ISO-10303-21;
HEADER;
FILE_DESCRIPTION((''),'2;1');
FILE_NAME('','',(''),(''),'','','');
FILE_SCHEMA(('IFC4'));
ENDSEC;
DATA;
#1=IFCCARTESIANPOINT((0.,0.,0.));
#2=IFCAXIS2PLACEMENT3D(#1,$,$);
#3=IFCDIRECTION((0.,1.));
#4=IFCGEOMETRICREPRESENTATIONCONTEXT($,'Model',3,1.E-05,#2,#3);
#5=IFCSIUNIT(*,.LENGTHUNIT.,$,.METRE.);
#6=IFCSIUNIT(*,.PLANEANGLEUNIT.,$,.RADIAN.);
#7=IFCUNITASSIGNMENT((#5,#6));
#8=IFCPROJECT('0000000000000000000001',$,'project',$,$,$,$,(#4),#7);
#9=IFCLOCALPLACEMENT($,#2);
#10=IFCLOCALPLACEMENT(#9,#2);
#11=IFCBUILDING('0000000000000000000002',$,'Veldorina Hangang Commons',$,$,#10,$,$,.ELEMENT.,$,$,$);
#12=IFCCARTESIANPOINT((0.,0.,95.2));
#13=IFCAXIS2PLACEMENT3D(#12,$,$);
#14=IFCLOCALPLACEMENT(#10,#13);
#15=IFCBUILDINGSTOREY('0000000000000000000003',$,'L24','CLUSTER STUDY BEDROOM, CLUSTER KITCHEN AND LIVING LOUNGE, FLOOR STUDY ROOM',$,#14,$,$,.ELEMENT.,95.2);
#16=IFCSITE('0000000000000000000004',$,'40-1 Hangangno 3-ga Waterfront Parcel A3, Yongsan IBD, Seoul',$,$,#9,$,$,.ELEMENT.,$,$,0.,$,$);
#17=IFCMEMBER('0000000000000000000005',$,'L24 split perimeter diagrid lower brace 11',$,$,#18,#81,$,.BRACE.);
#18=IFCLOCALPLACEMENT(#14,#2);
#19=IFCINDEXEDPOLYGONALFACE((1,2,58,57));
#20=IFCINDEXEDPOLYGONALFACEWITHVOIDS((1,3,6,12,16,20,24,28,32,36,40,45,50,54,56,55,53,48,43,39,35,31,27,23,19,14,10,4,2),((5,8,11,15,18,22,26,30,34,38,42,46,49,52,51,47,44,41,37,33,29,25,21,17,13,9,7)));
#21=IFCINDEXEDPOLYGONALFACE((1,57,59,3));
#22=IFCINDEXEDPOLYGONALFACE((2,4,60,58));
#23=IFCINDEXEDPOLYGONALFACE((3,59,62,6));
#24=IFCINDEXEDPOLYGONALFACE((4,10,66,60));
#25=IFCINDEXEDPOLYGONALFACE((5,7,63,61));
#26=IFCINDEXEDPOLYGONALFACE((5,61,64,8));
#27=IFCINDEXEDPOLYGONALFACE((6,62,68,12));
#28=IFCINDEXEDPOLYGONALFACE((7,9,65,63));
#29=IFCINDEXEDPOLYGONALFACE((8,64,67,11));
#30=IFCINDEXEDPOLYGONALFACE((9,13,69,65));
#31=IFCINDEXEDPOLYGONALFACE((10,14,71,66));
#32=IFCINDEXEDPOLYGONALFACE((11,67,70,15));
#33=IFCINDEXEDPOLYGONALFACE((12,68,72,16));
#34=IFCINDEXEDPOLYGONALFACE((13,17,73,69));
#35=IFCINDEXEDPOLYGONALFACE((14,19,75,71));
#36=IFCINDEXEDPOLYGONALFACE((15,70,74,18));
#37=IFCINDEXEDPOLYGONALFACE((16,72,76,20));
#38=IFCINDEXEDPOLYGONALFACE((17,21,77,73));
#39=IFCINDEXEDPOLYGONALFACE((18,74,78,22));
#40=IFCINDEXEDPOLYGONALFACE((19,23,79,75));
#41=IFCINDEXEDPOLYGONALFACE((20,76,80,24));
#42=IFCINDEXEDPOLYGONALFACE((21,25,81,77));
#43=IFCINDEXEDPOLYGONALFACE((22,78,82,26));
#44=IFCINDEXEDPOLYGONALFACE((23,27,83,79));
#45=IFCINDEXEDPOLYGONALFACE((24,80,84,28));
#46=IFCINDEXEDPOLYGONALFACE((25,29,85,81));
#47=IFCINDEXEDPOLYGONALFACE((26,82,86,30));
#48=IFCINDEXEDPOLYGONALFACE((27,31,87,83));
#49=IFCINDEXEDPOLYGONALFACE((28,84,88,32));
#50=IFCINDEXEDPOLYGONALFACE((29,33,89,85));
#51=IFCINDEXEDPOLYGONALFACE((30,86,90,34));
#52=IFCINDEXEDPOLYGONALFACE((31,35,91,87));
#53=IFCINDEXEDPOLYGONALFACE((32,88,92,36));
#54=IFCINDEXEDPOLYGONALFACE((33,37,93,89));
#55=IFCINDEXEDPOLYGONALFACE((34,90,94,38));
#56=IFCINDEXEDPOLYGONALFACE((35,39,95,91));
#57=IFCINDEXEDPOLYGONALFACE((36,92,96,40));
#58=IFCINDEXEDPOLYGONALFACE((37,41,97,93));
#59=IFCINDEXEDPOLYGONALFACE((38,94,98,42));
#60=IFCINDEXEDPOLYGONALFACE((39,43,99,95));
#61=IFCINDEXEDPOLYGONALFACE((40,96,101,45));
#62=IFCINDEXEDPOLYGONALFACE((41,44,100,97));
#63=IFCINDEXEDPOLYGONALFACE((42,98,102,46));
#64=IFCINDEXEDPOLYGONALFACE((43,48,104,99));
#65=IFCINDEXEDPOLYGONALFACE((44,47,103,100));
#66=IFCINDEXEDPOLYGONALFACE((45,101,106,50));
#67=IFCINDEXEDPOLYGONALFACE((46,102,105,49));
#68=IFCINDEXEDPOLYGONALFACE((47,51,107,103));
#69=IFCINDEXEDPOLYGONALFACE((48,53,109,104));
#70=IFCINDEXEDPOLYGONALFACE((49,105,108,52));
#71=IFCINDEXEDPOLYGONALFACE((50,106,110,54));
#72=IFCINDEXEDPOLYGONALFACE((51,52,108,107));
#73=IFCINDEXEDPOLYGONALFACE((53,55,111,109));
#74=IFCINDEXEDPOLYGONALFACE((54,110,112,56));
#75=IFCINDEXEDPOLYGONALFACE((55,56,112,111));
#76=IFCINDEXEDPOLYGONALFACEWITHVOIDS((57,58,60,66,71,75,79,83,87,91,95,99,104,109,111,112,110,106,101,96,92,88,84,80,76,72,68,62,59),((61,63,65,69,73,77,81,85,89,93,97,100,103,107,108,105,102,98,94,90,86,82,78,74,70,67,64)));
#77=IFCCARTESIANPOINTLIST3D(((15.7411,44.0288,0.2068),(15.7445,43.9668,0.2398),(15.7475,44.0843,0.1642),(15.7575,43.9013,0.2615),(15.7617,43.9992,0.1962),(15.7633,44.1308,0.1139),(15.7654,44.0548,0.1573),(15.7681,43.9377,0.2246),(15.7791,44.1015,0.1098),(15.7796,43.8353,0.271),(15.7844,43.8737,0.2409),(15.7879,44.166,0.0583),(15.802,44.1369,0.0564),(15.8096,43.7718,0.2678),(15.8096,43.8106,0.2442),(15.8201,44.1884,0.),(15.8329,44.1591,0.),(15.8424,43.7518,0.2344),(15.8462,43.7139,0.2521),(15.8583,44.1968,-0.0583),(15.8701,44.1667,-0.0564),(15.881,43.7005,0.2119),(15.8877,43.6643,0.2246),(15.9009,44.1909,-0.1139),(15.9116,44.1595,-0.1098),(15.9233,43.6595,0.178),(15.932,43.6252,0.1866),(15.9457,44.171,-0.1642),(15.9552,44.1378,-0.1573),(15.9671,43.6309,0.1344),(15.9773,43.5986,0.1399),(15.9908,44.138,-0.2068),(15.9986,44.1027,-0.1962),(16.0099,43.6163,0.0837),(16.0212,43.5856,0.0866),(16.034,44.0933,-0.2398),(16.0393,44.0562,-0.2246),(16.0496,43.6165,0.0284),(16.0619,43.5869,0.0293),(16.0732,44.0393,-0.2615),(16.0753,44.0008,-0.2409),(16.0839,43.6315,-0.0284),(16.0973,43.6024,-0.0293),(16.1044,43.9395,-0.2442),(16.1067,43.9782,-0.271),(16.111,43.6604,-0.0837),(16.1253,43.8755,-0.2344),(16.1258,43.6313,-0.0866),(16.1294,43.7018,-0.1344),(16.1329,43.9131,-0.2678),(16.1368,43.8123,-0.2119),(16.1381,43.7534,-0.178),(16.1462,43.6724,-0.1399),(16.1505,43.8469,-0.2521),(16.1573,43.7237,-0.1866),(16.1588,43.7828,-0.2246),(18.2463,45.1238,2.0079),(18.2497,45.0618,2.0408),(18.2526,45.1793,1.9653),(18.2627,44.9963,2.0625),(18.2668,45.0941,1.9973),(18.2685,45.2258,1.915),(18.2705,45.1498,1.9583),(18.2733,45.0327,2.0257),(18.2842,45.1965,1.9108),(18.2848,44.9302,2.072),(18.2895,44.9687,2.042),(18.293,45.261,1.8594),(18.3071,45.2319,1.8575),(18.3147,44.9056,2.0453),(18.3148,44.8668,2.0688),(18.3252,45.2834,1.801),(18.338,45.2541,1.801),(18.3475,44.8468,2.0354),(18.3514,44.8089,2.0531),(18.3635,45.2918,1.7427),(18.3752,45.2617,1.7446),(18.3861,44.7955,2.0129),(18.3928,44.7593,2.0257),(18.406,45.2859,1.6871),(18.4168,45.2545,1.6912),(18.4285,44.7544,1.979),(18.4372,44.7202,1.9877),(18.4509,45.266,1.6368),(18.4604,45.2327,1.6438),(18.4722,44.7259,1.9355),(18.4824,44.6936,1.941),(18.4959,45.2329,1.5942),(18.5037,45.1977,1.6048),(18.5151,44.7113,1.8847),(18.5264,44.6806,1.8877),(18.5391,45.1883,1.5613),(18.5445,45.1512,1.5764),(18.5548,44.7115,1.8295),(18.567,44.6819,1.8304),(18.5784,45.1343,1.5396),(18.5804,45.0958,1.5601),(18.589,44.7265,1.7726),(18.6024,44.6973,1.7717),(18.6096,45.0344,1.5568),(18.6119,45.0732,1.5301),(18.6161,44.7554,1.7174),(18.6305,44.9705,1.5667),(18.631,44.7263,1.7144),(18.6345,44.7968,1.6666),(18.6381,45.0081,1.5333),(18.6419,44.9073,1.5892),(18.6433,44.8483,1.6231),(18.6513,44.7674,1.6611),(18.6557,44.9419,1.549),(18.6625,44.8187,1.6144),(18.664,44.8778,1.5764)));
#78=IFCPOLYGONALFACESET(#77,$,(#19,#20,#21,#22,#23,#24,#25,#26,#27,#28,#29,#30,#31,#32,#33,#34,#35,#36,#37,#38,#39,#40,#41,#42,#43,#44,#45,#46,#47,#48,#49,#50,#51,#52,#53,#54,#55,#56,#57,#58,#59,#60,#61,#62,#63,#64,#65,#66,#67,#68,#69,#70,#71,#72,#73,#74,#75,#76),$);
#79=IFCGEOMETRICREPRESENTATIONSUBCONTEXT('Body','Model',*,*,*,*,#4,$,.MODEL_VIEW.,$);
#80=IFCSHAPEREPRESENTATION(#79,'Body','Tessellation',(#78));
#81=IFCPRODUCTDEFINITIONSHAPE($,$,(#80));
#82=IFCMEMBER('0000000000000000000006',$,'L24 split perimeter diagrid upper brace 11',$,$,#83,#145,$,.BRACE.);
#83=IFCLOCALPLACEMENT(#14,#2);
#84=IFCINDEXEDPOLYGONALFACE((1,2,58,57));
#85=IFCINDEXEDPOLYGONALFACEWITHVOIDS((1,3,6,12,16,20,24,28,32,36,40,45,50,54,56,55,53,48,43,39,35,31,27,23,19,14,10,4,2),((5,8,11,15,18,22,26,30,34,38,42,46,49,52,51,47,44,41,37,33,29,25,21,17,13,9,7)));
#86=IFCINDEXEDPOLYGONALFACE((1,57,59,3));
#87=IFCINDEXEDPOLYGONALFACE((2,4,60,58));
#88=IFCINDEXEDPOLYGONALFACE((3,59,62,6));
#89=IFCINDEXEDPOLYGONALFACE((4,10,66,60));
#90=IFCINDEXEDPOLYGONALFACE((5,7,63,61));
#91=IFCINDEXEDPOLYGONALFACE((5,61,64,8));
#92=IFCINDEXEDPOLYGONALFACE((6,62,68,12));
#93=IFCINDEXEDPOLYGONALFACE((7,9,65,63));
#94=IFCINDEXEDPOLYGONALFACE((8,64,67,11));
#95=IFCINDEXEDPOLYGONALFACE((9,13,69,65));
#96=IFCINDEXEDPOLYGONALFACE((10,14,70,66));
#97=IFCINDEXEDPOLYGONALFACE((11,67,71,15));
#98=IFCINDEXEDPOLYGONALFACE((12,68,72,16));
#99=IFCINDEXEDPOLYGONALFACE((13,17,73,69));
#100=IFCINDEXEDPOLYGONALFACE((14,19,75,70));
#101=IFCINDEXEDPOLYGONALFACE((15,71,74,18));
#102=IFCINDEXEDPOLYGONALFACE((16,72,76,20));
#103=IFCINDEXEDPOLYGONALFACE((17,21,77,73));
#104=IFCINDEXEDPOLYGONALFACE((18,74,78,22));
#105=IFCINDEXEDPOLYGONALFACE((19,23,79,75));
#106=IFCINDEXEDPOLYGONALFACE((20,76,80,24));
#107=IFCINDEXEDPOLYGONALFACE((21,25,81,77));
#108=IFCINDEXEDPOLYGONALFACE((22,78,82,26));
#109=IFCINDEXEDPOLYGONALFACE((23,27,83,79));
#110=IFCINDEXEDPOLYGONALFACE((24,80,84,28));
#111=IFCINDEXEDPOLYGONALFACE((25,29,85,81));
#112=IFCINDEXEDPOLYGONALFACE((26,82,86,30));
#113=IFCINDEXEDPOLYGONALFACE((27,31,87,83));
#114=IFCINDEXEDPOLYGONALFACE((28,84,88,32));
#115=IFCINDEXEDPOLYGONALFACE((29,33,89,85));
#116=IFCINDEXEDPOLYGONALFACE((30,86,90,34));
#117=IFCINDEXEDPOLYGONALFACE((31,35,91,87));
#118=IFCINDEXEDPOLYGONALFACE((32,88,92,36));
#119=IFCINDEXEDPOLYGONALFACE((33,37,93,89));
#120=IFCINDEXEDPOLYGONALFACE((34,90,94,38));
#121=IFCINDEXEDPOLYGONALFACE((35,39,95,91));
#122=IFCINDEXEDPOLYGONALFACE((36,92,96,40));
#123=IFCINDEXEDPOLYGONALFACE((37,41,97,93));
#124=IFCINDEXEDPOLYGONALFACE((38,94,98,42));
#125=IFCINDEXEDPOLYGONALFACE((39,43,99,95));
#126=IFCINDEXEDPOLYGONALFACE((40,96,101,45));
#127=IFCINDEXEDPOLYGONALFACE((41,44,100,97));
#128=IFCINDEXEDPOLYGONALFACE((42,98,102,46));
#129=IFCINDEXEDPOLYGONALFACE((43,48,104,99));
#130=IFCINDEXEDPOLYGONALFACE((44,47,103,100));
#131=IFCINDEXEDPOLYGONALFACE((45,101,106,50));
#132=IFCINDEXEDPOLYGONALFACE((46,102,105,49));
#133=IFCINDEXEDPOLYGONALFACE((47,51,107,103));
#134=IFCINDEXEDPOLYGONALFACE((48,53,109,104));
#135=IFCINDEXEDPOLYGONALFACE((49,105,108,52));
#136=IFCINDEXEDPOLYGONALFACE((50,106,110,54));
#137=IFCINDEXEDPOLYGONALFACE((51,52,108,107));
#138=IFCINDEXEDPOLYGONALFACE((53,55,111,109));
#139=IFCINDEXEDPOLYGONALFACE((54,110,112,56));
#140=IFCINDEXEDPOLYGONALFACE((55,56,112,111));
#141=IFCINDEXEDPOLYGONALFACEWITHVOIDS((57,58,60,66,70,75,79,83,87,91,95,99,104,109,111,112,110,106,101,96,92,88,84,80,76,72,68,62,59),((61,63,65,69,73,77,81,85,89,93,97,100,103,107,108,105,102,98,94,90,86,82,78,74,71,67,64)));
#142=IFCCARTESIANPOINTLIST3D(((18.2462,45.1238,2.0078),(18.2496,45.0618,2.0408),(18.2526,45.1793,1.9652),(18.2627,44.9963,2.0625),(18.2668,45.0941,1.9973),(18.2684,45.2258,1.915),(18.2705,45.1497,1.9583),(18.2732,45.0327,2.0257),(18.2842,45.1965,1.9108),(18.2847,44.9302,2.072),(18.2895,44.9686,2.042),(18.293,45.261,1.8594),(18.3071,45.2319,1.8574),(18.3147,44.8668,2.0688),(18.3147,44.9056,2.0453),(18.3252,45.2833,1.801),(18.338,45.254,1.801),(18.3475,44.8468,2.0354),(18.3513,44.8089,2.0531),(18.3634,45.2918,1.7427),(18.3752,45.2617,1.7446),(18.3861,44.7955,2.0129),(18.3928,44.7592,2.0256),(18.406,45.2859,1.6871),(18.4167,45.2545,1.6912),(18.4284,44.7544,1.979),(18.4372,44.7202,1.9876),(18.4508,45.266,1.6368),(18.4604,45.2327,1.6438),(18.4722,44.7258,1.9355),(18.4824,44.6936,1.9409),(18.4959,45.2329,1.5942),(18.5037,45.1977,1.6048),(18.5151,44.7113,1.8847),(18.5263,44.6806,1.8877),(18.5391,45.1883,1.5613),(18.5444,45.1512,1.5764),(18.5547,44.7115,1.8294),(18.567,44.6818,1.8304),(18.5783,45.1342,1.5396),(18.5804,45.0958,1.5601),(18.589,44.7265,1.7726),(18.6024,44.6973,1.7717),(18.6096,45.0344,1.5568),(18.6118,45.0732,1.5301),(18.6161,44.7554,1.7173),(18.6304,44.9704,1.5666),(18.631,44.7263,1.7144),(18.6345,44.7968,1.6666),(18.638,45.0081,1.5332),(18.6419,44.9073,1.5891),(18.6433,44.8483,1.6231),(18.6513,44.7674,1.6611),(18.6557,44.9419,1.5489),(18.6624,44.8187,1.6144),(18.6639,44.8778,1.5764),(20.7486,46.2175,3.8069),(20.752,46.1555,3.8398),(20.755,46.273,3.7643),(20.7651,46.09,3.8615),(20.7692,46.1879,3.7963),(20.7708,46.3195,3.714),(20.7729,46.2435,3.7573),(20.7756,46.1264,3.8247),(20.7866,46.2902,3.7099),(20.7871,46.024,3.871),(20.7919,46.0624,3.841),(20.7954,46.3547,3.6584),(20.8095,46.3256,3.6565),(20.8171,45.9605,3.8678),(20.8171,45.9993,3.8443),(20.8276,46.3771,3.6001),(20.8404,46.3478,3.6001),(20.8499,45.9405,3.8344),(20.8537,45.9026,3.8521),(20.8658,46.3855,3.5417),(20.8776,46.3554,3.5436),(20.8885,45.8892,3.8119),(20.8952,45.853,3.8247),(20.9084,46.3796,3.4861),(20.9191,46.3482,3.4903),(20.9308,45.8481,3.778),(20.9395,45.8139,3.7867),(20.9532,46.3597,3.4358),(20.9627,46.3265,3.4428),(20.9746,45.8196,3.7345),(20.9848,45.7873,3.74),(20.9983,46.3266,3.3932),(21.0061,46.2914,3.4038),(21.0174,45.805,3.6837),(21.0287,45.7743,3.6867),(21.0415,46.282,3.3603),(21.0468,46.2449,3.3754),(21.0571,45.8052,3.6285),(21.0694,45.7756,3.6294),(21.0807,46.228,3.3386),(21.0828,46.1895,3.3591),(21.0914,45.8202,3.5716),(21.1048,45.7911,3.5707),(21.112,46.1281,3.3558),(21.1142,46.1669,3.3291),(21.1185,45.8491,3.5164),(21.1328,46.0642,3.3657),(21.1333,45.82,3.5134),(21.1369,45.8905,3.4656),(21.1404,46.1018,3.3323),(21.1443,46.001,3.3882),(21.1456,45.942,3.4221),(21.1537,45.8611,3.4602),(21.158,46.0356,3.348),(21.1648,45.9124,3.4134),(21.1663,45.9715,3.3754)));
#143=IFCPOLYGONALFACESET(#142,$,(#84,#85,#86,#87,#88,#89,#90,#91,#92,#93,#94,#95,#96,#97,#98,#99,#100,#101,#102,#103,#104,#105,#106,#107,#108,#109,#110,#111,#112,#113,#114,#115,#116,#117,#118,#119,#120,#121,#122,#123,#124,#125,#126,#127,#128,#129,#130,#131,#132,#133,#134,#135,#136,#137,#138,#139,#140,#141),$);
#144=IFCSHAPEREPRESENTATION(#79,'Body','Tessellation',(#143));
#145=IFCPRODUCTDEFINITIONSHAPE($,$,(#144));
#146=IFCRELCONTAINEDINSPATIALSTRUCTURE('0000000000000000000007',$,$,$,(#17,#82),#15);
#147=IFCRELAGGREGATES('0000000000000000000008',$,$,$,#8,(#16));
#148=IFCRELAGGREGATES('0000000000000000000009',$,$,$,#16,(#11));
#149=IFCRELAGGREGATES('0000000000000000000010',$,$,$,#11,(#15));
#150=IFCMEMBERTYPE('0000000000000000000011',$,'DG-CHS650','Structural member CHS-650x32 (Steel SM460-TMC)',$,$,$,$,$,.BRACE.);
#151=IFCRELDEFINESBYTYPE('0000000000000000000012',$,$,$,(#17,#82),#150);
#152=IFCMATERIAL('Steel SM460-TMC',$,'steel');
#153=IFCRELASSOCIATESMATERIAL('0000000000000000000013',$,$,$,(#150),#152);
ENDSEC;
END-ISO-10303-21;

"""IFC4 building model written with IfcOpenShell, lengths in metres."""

from ifc_helpers import new_model, si_unit, direction, frame, origin, origin_2d, place, context, subcontext, project, spatial, hollow_circle, extrude, material, material_profile, profile_set, type_object, element, save


model = new_model("IFC4")

# Units and contexts
model_context = context("Model", 3, precision=1e-05, world=origin(), true_north=direction((0.0, 1.0)))
body_context = subcontext(model_context, "Body", "Model", "MODEL_VIEW")
ifc_project = project(units=[si_unit("LENGTHUNIT", "METRE"), si_unit("PLANEANGLEUNIT", "RADIAN")], contexts=[model_context])

# Site, building, storey
site_placement = place(None, origin())
site = spatial("IfcSite", under=ifc_project, at=site_placement, Name="40-1 Hangangno 3-ga Waterfront Parcel A3, Yongsan IBD, Seoul", CompositionType="ELEMENT", RefElevation=0.0)
building_placement = place(site_placement, origin())
building = spatial("IfcBuilding", under=site, at=building_placement, Name="Veldorina Hangang Commons", CompositionType="ELEMENT")
storey_placement = place(building_placement, frame((0.0, 0.0, 95.2)))
storey = spatial("IfcBuildingStorey", under=building, at=storey_placement, Name="L24", Description="CLUSTER STUDY BEDROOM, CLUSTER KITCHEN AND LIVING LOUNGE, FLOOR STUDY ROOM", CompositionType="ELEMENT", Elevation=95.2)

# Members
ifc_material_1 = material(Name="Steel SM460-TMC", Category="steel")
ifc_material_profile_1 = material_profile(ifc_material_1, hollow_circle(Radius=0.325, WallThickness=0.032, at=origin_2d()), Name="CHS-650x32")
ifc_profile_set_1 = profile_set([ifc_material_profile_1], Name="Steel SM460-TMC")
member_type = type_object("IfcMemberType", Name="DG-CHS650", Description="Structural member CHS-650x32 (Steel SM460-TMC)", PredefinedType="BRACE", material=ifc_profile_set_1)
member_1_placement = place(storey_placement, frame((15.9502, 43.8906, 0.0), z_axis=(0.765185, 0.334456, 0.550119), x_axis=(-0.400505, 0.916295, 0.0)))
element("IfcMember", 1, at=member_1_placement, inside=storey, type_object=member_type, Name="L24 split perimeter diagrid lower brace 11", PredefinedType="BRACE", context=body_context, shape_type="SweptSolid", body=[
    extrude(hollow_circle(Radius=0.325, WallThickness=0.032, at=origin_2d()), origin(), (0.0, 0.0, 1.0), 3.2739),
])
member_2_placement = place(storey_placement, frame((18.4553, 44.9856, 1.801), z_axis=(0.765192, 0.334445, 0.550117), x_axis=(-0.400491, 0.916301, 0.0)))
element("IfcMember", 2, at=member_2_placement, inside=storey, type_object=member_type, Name="L24 split perimeter diagrid upper brace 11", PredefinedType="BRACE", context=body_context, shape_type="SweptSolid", body=[
    extrude(hollow_circle(Radius=0.325, WallThickness=0.032, at=origin_2d()), origin(), (0.0, 0.0, 1.0), 3.2703),
])

save(model, "model.ifc")
